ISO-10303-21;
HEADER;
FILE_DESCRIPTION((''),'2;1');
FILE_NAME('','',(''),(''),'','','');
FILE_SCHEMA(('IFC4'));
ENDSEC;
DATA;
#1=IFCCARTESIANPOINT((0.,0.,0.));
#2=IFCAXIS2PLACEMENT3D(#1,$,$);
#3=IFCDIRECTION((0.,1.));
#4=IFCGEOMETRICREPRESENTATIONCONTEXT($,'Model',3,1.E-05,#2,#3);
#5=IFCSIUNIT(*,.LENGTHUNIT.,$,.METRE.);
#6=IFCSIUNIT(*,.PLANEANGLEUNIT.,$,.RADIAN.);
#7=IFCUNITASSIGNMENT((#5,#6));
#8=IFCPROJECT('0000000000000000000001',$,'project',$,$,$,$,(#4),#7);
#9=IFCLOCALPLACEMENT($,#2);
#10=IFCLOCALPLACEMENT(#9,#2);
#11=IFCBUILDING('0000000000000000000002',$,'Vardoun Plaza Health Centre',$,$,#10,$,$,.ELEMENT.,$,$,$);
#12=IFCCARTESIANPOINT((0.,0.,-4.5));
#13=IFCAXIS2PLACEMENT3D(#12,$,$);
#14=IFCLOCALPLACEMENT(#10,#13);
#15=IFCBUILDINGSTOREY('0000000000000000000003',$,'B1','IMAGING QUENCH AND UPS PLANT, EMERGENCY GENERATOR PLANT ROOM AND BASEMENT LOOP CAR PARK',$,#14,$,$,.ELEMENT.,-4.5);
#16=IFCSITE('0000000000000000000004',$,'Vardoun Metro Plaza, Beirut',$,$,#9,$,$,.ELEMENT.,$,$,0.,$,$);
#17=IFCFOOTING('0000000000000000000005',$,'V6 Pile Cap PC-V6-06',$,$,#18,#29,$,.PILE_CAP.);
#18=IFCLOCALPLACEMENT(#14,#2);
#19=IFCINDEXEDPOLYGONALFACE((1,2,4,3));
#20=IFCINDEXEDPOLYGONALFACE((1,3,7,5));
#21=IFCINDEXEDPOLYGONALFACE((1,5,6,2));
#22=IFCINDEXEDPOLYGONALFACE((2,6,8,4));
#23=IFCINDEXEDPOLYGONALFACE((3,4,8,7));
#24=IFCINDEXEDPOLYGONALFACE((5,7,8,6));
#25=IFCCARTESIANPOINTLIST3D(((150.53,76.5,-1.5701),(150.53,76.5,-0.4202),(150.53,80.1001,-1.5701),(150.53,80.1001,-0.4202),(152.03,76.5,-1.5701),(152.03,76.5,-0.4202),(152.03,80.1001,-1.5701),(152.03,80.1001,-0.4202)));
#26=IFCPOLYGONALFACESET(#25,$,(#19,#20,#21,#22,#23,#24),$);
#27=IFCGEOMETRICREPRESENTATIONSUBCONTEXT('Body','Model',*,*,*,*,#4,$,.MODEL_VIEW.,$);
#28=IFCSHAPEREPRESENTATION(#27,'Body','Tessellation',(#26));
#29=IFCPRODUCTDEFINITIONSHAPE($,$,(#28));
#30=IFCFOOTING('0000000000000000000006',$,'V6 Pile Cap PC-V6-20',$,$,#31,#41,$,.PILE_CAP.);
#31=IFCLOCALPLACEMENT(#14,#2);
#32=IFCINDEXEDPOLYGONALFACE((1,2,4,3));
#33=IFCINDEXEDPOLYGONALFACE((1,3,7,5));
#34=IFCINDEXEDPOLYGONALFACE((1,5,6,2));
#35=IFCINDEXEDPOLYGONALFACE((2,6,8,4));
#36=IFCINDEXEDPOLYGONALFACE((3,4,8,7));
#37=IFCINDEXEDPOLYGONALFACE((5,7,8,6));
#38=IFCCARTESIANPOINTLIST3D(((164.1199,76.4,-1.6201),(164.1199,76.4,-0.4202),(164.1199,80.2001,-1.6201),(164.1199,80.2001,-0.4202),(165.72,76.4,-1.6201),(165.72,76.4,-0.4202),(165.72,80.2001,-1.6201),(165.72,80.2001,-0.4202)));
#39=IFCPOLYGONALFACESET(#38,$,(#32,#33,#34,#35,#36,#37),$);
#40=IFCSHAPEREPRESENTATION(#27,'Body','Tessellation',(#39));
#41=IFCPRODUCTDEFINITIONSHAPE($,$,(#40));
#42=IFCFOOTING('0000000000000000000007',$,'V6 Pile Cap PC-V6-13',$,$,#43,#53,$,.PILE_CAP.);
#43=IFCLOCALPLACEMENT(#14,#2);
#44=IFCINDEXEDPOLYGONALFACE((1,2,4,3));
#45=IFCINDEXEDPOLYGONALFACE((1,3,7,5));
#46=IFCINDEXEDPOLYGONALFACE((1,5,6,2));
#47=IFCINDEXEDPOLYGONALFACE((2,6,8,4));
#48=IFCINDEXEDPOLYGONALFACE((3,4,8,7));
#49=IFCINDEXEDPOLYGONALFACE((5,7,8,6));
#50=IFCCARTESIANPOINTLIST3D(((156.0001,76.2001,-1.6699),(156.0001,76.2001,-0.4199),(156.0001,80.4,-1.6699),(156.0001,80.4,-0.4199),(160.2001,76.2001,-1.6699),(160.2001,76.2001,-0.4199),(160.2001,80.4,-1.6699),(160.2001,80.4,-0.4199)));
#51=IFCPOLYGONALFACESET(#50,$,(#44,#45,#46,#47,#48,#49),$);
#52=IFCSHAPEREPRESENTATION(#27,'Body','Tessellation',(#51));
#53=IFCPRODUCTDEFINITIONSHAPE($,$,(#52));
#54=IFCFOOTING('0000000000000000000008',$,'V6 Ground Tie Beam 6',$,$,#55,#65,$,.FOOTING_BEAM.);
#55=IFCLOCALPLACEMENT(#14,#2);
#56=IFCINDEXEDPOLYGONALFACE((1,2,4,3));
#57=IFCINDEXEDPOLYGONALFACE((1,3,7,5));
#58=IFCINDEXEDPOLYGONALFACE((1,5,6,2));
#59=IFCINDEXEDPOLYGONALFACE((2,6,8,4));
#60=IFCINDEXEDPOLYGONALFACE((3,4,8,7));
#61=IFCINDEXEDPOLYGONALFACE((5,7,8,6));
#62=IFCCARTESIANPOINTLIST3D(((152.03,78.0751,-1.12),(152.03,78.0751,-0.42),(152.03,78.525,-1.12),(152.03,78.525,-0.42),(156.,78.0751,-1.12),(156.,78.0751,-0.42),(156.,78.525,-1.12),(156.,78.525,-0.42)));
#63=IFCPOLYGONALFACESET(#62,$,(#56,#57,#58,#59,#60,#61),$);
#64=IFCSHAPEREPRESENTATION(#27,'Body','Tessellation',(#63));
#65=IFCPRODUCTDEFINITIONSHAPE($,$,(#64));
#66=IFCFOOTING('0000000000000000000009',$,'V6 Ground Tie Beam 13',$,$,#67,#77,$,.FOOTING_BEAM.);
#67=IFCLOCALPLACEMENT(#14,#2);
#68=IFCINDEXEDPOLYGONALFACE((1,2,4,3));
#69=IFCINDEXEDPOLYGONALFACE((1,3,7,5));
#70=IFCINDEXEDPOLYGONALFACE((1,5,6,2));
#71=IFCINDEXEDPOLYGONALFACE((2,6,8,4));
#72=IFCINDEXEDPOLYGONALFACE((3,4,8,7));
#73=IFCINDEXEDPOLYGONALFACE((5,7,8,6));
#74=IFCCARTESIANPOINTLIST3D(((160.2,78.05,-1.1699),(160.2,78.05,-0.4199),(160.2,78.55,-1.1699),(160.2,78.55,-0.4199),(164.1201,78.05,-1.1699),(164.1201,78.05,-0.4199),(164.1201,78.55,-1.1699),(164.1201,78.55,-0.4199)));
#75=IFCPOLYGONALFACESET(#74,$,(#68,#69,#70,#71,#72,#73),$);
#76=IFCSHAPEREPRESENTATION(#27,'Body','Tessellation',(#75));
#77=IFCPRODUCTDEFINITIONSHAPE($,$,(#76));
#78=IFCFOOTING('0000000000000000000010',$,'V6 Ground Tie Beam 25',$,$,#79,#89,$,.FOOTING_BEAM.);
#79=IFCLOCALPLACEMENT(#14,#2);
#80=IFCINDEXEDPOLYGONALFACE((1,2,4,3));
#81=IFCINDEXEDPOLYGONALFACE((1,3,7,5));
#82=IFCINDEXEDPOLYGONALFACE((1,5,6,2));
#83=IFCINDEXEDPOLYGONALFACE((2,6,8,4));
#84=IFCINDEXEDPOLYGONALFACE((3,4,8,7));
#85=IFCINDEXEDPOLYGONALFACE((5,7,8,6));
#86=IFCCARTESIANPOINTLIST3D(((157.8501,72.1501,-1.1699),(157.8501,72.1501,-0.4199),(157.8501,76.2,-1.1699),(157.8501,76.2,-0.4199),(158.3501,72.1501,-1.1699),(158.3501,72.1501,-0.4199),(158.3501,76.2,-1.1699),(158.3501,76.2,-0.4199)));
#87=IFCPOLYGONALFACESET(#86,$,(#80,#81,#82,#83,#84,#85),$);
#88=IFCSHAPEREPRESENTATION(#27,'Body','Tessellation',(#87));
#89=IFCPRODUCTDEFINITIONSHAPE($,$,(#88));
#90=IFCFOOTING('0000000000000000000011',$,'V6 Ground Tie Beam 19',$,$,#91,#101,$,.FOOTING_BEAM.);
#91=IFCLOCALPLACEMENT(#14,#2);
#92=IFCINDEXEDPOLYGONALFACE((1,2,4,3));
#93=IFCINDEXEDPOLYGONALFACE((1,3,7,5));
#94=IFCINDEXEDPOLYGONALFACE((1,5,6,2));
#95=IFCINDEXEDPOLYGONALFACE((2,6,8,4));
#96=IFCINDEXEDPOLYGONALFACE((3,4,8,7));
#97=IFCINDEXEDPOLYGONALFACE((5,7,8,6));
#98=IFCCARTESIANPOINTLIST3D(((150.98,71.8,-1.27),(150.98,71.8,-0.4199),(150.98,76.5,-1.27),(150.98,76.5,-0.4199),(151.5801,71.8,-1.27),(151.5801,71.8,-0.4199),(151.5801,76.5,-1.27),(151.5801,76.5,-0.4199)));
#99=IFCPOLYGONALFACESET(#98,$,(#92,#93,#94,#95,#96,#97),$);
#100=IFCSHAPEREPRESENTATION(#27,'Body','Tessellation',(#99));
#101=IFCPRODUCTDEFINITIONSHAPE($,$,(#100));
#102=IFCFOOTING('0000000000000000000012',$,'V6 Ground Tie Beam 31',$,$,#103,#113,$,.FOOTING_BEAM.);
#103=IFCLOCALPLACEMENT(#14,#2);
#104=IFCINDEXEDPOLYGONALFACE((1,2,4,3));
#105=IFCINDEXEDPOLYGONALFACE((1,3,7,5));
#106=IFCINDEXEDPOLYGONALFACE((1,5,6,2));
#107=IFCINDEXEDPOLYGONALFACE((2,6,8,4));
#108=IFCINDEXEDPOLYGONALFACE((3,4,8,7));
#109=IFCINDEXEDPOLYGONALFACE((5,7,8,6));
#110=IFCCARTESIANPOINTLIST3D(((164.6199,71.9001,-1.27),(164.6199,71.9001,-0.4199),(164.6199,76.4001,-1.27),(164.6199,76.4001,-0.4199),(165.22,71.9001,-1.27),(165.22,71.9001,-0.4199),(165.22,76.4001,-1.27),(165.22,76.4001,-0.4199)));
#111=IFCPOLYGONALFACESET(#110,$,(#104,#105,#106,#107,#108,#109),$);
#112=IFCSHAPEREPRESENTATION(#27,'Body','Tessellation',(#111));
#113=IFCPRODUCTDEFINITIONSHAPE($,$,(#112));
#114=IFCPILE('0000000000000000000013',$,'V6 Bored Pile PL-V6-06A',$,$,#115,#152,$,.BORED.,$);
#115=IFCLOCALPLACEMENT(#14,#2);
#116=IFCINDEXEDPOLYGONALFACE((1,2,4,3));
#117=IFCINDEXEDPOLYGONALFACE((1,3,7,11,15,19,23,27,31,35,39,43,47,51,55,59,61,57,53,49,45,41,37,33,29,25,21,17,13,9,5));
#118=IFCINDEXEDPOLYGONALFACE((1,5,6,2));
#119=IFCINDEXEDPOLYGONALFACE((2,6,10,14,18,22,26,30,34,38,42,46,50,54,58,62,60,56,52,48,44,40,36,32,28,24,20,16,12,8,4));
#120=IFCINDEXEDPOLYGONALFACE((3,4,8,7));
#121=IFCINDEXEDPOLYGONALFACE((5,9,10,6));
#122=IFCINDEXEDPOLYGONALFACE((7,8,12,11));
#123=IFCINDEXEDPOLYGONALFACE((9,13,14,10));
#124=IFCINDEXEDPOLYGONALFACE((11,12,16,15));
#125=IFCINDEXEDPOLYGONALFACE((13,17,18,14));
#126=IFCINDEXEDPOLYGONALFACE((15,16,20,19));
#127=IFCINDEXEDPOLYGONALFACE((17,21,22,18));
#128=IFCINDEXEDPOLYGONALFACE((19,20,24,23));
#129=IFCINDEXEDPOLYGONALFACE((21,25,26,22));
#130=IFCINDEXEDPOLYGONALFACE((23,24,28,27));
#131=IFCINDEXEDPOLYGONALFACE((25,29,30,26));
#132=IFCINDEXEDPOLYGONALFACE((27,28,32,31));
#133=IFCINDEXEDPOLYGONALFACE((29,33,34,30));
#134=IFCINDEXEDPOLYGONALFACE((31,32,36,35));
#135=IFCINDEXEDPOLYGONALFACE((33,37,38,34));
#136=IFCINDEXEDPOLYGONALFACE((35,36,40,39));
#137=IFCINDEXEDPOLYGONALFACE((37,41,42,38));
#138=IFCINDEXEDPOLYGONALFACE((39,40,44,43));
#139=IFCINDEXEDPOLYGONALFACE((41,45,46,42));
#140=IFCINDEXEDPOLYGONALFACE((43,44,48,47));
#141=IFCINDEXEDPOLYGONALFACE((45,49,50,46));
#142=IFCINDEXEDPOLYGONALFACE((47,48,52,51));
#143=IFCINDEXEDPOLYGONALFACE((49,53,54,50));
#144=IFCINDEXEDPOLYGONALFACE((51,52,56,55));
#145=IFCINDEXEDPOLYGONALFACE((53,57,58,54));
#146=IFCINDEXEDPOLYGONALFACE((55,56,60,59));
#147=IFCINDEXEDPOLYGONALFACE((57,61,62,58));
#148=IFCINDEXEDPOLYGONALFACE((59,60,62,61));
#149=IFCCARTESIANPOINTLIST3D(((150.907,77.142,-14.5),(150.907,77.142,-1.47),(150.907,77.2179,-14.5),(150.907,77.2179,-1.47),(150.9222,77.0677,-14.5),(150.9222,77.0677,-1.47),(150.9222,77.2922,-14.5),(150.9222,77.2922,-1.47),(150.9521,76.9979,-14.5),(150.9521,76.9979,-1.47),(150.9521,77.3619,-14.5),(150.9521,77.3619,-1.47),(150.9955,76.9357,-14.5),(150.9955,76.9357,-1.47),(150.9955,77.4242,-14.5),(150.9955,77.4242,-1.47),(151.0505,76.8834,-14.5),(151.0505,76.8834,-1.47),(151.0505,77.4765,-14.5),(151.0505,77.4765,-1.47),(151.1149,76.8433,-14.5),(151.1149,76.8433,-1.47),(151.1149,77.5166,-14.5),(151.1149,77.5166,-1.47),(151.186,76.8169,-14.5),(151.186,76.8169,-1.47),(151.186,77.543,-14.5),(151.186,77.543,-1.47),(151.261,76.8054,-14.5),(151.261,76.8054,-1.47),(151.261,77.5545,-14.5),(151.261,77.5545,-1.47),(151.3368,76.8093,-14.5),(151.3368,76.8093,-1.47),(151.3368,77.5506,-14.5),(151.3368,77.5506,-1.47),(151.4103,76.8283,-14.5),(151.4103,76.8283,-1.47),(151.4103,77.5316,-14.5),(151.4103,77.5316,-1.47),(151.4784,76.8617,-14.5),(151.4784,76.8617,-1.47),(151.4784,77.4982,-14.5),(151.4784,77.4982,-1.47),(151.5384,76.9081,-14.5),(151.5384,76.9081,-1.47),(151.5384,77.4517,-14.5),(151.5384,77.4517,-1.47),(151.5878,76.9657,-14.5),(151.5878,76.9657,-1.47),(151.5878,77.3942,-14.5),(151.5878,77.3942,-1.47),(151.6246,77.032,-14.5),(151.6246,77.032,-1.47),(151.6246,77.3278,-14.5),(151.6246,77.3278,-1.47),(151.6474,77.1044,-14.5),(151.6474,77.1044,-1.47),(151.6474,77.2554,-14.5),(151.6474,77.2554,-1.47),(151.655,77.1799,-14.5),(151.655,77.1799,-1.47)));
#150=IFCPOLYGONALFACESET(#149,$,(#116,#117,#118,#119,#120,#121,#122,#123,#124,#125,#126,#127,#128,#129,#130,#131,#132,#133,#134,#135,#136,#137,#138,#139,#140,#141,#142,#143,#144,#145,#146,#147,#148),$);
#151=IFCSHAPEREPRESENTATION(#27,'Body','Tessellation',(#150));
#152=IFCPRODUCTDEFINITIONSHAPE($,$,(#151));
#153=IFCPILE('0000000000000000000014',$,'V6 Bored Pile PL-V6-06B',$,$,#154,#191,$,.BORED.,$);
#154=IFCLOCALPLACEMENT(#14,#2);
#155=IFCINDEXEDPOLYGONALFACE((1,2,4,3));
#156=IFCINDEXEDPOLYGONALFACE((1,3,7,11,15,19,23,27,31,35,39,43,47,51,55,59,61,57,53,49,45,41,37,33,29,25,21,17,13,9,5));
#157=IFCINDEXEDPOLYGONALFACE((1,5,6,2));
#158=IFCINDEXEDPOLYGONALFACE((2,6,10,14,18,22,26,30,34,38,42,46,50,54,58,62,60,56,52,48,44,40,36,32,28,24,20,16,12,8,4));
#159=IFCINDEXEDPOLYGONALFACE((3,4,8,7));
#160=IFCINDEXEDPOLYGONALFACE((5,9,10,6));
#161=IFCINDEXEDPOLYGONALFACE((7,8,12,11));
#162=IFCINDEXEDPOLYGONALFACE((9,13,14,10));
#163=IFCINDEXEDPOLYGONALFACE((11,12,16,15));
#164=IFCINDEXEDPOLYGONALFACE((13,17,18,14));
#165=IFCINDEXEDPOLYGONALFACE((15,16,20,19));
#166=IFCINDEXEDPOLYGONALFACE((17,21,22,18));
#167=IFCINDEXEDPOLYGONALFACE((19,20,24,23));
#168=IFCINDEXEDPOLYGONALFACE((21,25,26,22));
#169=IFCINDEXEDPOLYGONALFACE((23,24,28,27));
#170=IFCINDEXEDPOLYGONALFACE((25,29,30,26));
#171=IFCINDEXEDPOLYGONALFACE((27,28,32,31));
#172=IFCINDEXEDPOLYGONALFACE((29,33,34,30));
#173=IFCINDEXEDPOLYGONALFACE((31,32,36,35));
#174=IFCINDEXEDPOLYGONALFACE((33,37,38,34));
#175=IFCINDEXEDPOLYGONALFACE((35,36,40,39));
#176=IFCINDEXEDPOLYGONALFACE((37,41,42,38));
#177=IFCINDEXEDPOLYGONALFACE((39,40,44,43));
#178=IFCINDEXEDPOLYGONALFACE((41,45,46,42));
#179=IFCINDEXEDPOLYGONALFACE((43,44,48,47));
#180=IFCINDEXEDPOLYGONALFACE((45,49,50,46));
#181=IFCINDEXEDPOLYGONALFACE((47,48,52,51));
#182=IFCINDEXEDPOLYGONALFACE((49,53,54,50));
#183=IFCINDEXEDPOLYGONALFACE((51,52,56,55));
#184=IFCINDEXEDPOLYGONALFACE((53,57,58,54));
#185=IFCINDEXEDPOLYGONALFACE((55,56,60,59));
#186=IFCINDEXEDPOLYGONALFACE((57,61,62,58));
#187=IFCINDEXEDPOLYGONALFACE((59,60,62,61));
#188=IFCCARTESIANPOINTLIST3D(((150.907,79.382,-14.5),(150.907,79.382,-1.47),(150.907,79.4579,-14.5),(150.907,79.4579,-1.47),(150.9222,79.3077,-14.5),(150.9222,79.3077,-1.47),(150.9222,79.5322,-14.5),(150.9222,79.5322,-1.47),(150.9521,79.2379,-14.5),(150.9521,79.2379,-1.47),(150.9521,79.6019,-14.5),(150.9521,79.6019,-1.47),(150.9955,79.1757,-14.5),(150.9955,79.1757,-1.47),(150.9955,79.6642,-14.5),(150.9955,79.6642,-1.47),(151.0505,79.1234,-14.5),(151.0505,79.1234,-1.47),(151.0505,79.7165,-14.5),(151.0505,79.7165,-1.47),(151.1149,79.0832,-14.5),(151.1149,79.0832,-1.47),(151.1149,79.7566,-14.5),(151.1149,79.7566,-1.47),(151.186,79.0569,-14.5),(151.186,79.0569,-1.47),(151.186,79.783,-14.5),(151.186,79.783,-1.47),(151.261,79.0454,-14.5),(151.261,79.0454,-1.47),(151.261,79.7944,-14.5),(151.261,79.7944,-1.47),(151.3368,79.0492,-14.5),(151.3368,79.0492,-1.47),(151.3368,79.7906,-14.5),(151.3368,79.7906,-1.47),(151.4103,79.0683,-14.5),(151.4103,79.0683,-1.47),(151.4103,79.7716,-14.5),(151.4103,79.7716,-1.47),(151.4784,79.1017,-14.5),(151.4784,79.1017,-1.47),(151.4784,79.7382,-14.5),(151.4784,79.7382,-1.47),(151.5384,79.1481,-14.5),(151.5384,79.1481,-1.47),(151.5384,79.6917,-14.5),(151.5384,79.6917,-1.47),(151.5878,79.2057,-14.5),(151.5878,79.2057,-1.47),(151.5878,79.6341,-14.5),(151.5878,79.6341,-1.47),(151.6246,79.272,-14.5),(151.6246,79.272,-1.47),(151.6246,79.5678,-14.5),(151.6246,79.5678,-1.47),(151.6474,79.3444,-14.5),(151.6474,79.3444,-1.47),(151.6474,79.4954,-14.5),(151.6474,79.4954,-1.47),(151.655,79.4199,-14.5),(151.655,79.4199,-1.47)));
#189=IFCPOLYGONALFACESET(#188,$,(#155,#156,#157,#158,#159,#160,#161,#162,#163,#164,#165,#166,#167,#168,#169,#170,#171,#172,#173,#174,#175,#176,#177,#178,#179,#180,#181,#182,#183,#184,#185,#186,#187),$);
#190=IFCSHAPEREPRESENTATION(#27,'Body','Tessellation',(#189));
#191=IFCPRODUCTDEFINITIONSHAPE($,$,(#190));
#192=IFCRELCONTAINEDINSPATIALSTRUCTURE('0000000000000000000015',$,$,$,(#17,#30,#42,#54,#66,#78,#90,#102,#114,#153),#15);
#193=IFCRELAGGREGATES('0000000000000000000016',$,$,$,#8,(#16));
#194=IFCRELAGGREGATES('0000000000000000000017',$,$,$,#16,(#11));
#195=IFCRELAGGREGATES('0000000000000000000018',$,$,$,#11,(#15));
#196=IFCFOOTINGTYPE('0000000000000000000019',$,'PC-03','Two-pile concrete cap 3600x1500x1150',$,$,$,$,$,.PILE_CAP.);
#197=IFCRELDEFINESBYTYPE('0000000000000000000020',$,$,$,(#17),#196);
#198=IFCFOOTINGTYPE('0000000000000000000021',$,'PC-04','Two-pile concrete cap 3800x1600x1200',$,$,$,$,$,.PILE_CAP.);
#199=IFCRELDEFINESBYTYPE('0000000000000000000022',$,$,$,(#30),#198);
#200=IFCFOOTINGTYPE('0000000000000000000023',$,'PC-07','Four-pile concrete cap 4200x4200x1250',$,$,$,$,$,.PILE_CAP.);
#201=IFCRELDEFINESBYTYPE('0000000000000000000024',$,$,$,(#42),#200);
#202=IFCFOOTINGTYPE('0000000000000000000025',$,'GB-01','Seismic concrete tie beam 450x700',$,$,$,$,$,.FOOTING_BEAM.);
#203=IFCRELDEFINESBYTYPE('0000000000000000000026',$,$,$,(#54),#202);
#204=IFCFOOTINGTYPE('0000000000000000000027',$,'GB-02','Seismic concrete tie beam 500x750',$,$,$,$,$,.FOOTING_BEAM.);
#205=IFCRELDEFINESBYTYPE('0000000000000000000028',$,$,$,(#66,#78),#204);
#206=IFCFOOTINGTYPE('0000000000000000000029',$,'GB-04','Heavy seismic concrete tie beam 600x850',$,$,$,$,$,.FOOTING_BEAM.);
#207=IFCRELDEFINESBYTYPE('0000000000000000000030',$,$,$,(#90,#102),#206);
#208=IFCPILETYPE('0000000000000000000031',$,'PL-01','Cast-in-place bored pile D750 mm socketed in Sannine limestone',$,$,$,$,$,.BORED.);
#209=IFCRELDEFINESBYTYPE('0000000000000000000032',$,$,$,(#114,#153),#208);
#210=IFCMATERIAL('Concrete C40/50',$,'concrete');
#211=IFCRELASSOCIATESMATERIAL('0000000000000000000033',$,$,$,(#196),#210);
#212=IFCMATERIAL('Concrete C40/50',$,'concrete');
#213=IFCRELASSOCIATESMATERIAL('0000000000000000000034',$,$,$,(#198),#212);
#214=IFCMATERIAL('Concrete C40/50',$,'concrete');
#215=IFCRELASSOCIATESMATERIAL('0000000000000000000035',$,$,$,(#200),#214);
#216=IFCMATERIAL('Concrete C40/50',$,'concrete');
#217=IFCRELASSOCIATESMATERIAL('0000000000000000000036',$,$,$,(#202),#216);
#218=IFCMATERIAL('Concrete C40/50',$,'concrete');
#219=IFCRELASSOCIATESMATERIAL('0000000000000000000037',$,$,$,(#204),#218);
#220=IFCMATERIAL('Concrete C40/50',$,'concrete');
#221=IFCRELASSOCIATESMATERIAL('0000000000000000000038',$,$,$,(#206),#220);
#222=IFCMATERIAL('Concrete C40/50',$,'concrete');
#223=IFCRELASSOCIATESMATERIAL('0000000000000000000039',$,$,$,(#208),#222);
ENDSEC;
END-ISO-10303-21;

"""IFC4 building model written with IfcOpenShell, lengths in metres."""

from ifc_helpers import new_model, si_unit, direction, frame, origin, origin_2d, place, context, subcontext, project, spatial, rectangle, circle, extrude, material, material_profile, profile_set, type_object, element, save


model = new_model("IFC4")

# Units and contexts
model_context = context("Model", 3, precision=1e-05, world=origin(), true_north=direction((0.0, 1.0)))
body_context = subcontext(model_context, "Body", "Model", "MODEL_VIEW")
ifc_project = project(units=[si_unit("LENGTHUNIT", "METRE"), si_unit("PLANEANGLEUNIT", "RADIAN")], contexts=[model_context])

# Site, building, storey
site_placement = place(None, origin())
site = spatial("IfcSite", under=ifc_project, at=site_placement, Name="Vardoun Metro Plaza, Beirut", CompositionType="ELEMENT", RefElevation=0.0)
building_placement = place(site_placement, origin())
building = spatial("IfcBuilding", under=site, at=building_placement, Name="Vardoun Plaza Health Centre", CompositionType="ELEMENT")
storey_placement = place(building_placement, frame((0.0, 0.0, -4.5)))
storey = spatial("IfcBuildingStorey", under=building, at=storey_placement, Name="B1", Description="IMAGING QUENCH AND UPS PLANT, EMERGENCY GENERATOR PLANT ROOM AND BASEMENT LOOP CAR PARK", CompositionType="ELEMENT", Elevation=-4.5)

# Footings
ifc_material_1 = material(Name="Concrete C40/50", Category="concrete")
footing_type_1 = type_object("IfcFootingType", Name="PC-03", Description="Two-pile concrete cap 3600x1500x1150", PredefinedType="PILE_CAP", material=ifc_material_1)
footing_1_placement = place(storey_placement, frame((151.28, 78.3, -1.5701), z_axis=(0.0, 0.0, 1.0), x_axis=(0.0, 1.0, 0.0)))
element("IfcFooting", 1, at=footing_1_placement, inside=storey, type_object=footing_type_1, Name="V6 Pile Cap PC-V6-06", PredefinedType="PILE_CAP", context=body_context, shape_type="SweptSolid", body=[
    extrude(rectangle(XDim=3.6001, YDim=1.5, at=origin_2d()), origin(), (0.0, 0.0, 1.0), 1.1499),
])
ifc_material_2 = material(Name="Concrete C40/50", Category="concrete")
footing_type_2 = type_object("IfcFootingType", Name="PC-04", Description="Two-pile concrete cap 3800x1600x1200", PredefinedType="PILE_CAP", material=ifc_material_2)
footing_2_placement = place(storey_placement, frame((164.9199, 78.3, -1.6201), z_axis=(0.0, 0.0, 1.0), x_axis=(0.0, 1.0, 0.0)))
element("IfcFooting", 2, at=footing_2_placement, inside=storey, type_object=footing_type_2, Name="V6 Pile Cap PC-V6-20", PredefinedType="PILE_CAP", context=body_context, shape_type="SweptSolid", body=[
    extrude(rectangle(XDim=3.8, YDim=1.6001, at=origin_2d()), origin(), (0.0, 0.0, 1.0), 1.2),
])
ifc_material_3 = material(Name="Concrete C40/50", Category="concrete")
footing_type_3 = type_object("IfcFootingType", Name="PC-07", Description="Four-pile concrete cap 4200x4200x1250", PredefinedType="PILE_CAP", material=ifc_material_3)
footing_3_placement = place(storey_placement, frame((158.1001, 78.3, -1.6699), z_axis=(0.0, 0.0, 1.0), x_axis=(1.0, 0.0, 0.0)))
element("IfcFooting", 3, at=footing_3_placement, inside=storey, type_object=footing_type_3, Name="V6 Pile Cap PC-V6-13", PredefinedType="PILE_CAP", context=body_context, shape_type="SweptSolid", body=[
    extrude(rectangle(XDim=4.2, YDim=4.2, at=origin_2d()), origin(), (0.0, 0.0, 1.0), 1.25),
])
ifc_material_4 = material(Name="Concrete C40/50", Category="concrete")
ifc_material_profile_1 = material_profile(ifc_material_4, rectangle(XDim=0.45, YDim=0.7, at=origin_2d()), Name="GB 450x700")
ifc_profile_set_1 = profile_set([ifc_material_profile_1], Name="Concrete C40/50")
footing_type_4 = type_object("IfcFootingType", Name="GB-01", Description="Seismic concrete tie beam 450x700", PredefinedType="FOOTING_BEAM", material=ifc_profile_set_1)
footing_4_placement = place(storey_placement, frame((152.03, 78.3, -0.77), z_axis=(1.0, 0.0, 0.0), x_axis=(0.0, 1.0, 0.0)))
element("IfcFooting", 4, at=footing_4_placement, inside=storey, type_object=footing_type_4, Name="V6 Ground Tie Beam 6", PredefinedType="FOOTING_BEAM", context=body_context, shape_type="SweptSolid", body=[
    extrude(rectangle(XDim=0.45, YDim=0.7, at=origin_2d()), origin(), (0.0, 0.0, 1.0), 3.97),
])
ifc_material_5 = material(Name="Concrete C40/50", Category="concrete")
ifc_material_profile_2 = material_profile(ifc_material_5, rectangle(XDim=0.5, YDim=0.75, at=origin_2d()), Name="GB 500x750")
ifc_profile_set_2 = profile_set([ifc_material_profile_2], Name="Concrete C40/50")
footing_type_5 = type_object("IfcFootingType", Name="GB-02", Description="Seismic concrete tie beam 500x750", PredefinedType="FOOTING_BEAM", material=ifc_profile_set_2)
footing_5_placement = place(storey_placement, frame((160.2, 78.3, -0.7949), z_axis=(1.0, 0.0, 0.0), x_axis=(0.0, 1.0, 0.0)))
element("IfcFooting", 5, at=footing_5_placement, inside=storey, type_object=footing_type_5, Name="V6 Ground Tie Beam 13", PredefinedType="FOOTING_BEAM", context=body_context, shape_type="SweptSolid", body=[
    extrude(rectangle(XDim=0.5, YDim=0.75, at=origin_2d()), origin(), (0.0, 0.0, 1.0), 3.9202),
])
footing_6_placement = place(storey_placement, frame((158.1001, 72.1501, -0.7949), z_axis=(0.0, 1.0, 0.0), x_axis=(-1.0, 0.0, 0.0)))
element("IfcFooting", 6, at=footing_6_placement, inside=storey, type_object=footing_type_5, Name="V6 Ground Tie Beam 25", PredefinedType="FOOTING_BEAM", context=body_context, shape_type="SweptSolid", body=[
    extrude(rectangle(XDim=0.5, YDim=0.75, at=origin_2d()), origin(), (0.0, 0.0, 1.0), 4.0498),
])
ifc_material_6 = material(Name="Concrete C40/50", Category="concrete")
ifc_material_profile_3 = material_profile(ifc_material_6, rectangle(XDim=0.6001, YDim=0.8501, at=origin_2d()), Name="GB 600x850")
ifc_profile_set_3 = profile_set([ifc_material_profile_3], Name="Concrete C40/50")
footing_type_6 = type_object("IfcFootingType", Name="GB-04", Description="Heavy seismic concrete tie beam 600x850", PredefinedType="FOOTING_BEAM", material=ifc_profile_set_3)
footing_7_placement = place(storey_placement, frame((151.28, 71.8, -0.845), z_axis=(0.0, 1.0, 0.0), x_axis=(-1.0, 0.0, 0.0)))
element("IfcFooting", 7, at=footing_7_placement, inside=storey, type_object=footing_type_6, Name="V6 Ground Tie Beam 19", PredefinedType="FOOTING_BEAM", context=body_context, shape_type="SweptSolid", body=[
    extrude(rectangle(XDim=0.6001, YDim=0.8501, at=origin_2d()), origin(), (0.0, 0.0, 1.0), 4.7),
])
footing_8_placement = place(storey_placement, frame((164.9199, 71.9001, -0.845), z_axis=(0.0, 1.0, 0.0), x_axis=(-1.0, 0.0, 0.0)))
element("IfcFooting", 8, at=footing_8_placement, inside=storey, type_object=footing_type_6, Name="V6 Ground Tie Beam 31", PredefinedType="FOOTING_BEAM", context=body_context, shape_type="SweptSolid", body=[
    extrude(rectangle(XDim=0.6001, YDim=0.8501, at=origin_2d()), origin(), (0.0, 0.0, 1.0), 4.5),
])

# Piles
ifc_material_7 = material(Name="Concrete C40/50", Category="concrete")
ifc_material_profile_4 = material_profile(ifc_material_7, circle(Radius=0.375, at=origin_2d()), Name="PILE D750")
ifc_profile_set_4 = profile_set([ifc_material_profile_4], Name="Concrete C40/50")
pile_type_1 = type_object("IfcPileType", Name="PL-01", Description="Cast-in-place bored pile D750 mm socketed in Sannine limestone", PredefinedType="BORED", material=ifc_profile_set_4)
for number, where, z_axis, x_axis, name in (
    (9, (151.28, 77.1799, -1.47), (0.0, 0.0, -1.0), (1.0, 0.0, 0.0), "V6 Bored Pile PL-V6-06A"),
    (10, (151.28, 79.4199, -1.47), (0.0, 0.0, -1.0), (1.0, 0.0, 0.0), "V6 Bored Pile PL-V6-06B"),
):
    element("IfcPile", number, at=place(storey_placement, frame(where, z_axis=z_axis, x_axis=x_axis)), inside=storey, type_object=pile_type_1, Name=name, PredefinedType="BORED", context=body_context, shape_type="SweptSolid", body=[
        extrude(circle(Radius=0.375, at=origin_2d()), origin(), (0.0, 0.0, 1.0), 13.03),
    ])

save(model, "model.ifc")
